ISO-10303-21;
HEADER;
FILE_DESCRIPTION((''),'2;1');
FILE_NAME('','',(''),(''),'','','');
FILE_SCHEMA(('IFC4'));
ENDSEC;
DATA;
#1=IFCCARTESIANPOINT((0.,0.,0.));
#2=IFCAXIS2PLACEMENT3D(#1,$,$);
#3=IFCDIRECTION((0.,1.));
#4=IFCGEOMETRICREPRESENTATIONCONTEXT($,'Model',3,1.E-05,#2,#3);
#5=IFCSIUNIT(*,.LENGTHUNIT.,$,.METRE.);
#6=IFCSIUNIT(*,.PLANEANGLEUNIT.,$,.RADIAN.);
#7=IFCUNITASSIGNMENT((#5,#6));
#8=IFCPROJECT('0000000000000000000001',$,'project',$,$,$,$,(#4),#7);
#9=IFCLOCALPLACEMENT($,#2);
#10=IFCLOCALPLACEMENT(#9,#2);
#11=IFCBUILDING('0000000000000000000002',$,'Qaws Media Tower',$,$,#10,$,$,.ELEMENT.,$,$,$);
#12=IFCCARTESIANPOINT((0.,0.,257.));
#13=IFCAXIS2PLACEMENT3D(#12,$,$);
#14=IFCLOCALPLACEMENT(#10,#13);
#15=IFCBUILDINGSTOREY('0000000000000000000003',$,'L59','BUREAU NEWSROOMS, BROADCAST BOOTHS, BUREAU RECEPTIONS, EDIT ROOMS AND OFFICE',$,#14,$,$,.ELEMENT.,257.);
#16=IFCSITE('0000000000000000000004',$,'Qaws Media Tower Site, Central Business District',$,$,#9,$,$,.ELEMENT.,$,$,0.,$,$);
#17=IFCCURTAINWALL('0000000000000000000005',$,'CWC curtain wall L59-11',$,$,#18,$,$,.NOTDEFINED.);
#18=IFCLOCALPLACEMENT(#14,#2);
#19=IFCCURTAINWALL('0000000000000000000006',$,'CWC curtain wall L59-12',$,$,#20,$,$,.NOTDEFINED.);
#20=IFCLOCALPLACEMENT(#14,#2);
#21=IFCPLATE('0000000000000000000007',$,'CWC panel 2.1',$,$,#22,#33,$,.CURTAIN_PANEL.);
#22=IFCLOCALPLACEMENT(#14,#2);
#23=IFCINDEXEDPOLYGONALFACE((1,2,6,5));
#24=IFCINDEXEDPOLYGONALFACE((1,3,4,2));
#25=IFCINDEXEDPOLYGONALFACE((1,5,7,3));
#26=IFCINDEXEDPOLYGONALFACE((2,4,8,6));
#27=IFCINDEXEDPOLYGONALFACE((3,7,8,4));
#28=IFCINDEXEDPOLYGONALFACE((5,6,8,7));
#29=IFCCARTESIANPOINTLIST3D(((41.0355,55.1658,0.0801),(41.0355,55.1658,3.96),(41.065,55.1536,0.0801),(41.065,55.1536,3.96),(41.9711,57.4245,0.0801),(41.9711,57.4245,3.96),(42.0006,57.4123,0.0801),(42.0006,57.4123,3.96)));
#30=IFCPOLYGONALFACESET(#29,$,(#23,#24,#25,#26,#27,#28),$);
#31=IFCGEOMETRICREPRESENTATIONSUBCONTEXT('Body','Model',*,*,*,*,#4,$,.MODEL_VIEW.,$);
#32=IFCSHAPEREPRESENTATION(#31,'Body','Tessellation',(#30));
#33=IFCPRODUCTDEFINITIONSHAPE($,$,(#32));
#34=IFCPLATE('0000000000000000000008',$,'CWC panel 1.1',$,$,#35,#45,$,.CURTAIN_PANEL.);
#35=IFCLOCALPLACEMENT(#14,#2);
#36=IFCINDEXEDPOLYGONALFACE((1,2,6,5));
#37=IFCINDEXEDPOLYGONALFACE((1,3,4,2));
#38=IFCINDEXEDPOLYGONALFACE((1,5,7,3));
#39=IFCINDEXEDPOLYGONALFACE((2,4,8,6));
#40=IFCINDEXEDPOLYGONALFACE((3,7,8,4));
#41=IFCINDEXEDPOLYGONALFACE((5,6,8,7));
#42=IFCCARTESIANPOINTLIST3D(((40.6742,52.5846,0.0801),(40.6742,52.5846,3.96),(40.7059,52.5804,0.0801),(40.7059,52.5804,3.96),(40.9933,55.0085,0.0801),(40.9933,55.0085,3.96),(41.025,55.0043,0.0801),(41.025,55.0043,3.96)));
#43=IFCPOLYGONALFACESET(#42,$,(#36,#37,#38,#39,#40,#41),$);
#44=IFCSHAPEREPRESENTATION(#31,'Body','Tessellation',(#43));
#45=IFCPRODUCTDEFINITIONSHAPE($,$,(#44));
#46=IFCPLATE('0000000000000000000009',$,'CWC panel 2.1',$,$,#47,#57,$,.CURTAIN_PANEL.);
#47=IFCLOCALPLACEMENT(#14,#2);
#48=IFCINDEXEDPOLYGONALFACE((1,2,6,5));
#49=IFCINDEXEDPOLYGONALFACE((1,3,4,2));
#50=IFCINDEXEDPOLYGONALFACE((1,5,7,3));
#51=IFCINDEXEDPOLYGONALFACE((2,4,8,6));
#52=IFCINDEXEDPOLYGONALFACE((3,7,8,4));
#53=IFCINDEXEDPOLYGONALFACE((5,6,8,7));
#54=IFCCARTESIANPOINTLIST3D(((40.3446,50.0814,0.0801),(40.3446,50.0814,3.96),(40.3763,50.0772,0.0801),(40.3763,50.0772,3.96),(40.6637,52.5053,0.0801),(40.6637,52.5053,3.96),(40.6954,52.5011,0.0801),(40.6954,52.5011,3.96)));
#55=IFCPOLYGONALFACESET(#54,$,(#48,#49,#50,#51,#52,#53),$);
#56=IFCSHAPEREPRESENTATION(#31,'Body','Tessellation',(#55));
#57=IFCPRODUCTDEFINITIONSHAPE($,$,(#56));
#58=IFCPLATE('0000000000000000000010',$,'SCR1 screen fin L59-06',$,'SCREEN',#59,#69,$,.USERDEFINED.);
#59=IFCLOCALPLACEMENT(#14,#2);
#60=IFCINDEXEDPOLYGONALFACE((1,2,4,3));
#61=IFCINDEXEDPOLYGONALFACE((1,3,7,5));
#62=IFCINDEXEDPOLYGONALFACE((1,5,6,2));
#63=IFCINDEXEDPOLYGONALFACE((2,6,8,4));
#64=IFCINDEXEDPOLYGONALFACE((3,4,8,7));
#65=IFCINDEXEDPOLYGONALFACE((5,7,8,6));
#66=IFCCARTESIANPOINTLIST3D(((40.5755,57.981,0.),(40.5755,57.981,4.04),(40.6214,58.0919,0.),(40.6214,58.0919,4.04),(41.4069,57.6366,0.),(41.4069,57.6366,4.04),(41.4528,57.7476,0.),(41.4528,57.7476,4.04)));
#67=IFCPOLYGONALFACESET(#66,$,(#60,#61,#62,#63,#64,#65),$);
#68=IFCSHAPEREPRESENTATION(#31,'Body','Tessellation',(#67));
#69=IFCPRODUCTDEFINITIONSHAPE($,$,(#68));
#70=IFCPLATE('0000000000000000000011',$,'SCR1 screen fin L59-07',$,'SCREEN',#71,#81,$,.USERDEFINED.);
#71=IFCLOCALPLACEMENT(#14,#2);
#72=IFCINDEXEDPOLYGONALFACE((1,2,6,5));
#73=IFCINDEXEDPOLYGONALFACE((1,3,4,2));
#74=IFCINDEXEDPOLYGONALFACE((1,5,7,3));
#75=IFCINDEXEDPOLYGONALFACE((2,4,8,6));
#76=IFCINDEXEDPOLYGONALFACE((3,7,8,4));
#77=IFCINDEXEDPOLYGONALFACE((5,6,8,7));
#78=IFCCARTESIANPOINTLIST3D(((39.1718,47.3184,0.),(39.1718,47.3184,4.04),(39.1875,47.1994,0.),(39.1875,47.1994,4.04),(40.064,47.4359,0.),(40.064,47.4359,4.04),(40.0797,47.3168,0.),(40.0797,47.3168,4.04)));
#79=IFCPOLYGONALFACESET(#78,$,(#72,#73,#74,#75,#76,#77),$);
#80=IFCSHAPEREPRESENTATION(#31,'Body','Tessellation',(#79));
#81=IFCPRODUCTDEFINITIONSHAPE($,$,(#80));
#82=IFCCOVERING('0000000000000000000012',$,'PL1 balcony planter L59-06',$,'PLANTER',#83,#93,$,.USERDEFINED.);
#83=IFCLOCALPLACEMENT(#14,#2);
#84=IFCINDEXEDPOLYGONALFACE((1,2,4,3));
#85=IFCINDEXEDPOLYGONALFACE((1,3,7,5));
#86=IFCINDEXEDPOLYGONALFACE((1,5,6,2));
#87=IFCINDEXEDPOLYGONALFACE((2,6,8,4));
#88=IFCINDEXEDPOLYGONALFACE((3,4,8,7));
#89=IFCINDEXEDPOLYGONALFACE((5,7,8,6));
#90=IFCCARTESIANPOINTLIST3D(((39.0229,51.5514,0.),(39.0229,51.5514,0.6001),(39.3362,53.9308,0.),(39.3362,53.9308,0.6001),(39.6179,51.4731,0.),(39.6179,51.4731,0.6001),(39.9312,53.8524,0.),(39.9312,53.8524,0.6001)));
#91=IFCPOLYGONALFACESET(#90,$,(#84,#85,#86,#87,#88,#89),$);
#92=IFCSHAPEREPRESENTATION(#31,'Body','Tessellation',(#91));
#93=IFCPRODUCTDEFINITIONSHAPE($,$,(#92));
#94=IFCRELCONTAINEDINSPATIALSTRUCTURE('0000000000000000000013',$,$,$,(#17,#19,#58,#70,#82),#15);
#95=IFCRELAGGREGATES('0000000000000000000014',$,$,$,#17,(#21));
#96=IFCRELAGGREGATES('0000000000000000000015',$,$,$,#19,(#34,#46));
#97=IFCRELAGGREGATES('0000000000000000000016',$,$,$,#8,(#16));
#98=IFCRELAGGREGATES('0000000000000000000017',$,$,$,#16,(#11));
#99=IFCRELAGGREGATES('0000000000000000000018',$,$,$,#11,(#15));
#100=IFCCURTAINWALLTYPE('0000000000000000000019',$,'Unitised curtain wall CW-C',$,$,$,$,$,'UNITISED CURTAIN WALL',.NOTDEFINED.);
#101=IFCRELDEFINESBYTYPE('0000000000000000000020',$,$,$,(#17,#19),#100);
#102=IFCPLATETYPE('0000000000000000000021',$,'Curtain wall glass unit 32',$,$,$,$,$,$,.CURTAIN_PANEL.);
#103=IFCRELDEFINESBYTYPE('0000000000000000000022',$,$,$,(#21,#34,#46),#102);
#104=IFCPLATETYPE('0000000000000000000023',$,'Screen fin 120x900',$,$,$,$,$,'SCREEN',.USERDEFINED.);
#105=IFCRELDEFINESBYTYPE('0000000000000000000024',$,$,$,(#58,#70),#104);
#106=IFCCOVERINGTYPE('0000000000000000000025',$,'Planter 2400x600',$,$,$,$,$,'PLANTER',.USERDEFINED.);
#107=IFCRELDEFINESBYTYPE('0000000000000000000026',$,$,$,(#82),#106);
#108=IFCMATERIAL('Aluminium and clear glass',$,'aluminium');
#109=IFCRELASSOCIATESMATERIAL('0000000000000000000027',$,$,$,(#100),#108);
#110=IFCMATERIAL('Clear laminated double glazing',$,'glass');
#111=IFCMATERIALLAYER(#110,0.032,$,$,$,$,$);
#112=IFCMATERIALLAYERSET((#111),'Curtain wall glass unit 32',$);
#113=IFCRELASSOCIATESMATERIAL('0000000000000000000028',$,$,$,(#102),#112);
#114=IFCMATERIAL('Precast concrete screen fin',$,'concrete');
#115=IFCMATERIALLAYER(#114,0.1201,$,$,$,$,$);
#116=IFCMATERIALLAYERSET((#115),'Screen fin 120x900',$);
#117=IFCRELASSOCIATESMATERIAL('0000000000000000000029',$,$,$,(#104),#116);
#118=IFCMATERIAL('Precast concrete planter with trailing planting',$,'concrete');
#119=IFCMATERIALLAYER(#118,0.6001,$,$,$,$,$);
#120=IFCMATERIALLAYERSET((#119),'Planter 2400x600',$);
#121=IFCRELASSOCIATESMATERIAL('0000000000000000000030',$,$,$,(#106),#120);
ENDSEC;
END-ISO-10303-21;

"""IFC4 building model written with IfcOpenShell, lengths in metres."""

from ifc_helpers import new_model, si_unit, direction, frame, origin, origin_2d, place, context, subcontext, project, spatial, rectangle, extrude, material, layer, layer_set, type_object, element, aggregate, save


model = new_model("IFC4")

# Units and contexts
model_context = context("Model", 3, precision=1e-05, world=origin(), true_north=direction((0.0, 1.0)))
body_context = subcontext(model_context, "Body", "Model", "MODEL_VIEW")
ifc_project = project(units=[si_unit("LENGTHUNIT", "METRE"), si_unit("PLANEANGLEUNIT", "RADIAN")], contexts=[model_context])

# Site, building, storey
site_placement = place(None, origin())
site = spatial("IfcSite", under=ifc_project, at=site_placement, Name="Qaws Media Tower Site, Central Business District", CompositionType="ELEMENT", RefElevation=0.0)
building_placement = place(site_placement, origin())
building = spatial("IfcBuilding", under=site, at=building_placement, Name="Qaws Media Tower", CompositionType="ELEMENT")
storey_placement = place(building_placement, frame((0.0, 0.0, 257.0)))
storey = spatial("IfcBuildingStorey", under=building, at=storey_placement, Name="L59", Description="BUREAU NEWSROOMS, BROADCAST BOOTHS, BUREAU RECEPTIONS, EDIT ROOMS AND OFFICE", CompositionType="ELEMENT", Elevation=257.0)

# Curtain walls
ifc_material_1 = material(Name="Aluminium and clear glass", Category="aluminium")
curtain_wall_type = type_object("IfcCurtainWallType", Name="Unitised curtain wall CW-C", ElementType="UNITISED CURTAIN WALL", PredefinedType="NOTDEFINED", material=ifc_material_1)
curtain_wall_1_placement = place(storey_placement, origin())
curtain_wall_1 = element("IfcCurtainWall", 1, at=curtain_wall_1_placement, inside=storey, type_object=curtain_wall_type, Name="CWC curtain wall L59-11", PredefinedType="NOTDEFINED")
curtain_wall_2_placement = place(storey_placement, origin())
curtain_wall_2 = element("IfcCurtainWall", 2, at=curtain_wall_2_placement, inside=storey, type_object=curtain_wall_type, Name="CWC curtain wall L59-12", PredefinedType="NOTDEFINED")

# Plates
ifc_material_2 = material(Name="Clear laminated double glazing", Category="glass")
ifc_layer_1 = layer(ifc_material_2, 0.032)
ifc_layer_set_1 = layer_set([ifc_layer_1], Name="Curtain wall glass unit 32")
plate_type_1 = type_object("IfcPlateType", Name="Curtain wall glass unit 32", PredefinedType="CURTAIN_PANEL", material=ifc_layer_set_1)
plate_1_placement = place(storey_placement, frame((41.5181, 56.2891, 0.0801), z_axis=(0.0, 0.0, 1.0), x_axis=(-0.382683, -0.92388, 0.0)))
plate_1 = element("IfcPlate", 3, at=plate_1_placement, type_object=plate_type_1, Name="CWC panel 2.1", PredefinedType="CURTAIN_PANEL", context=body_context, shape_type="SweptSolid", body=[
    extrude(rectangle(XDim=2.4448, YDim=0.032, at=origin_2d()), origin(), (0.0, 0.0, 1.0), 3.8799),
])
aggregate(curtain_wall_1, [plate_1])
plate_2_placement = place(storey_placement, frame((40.8496, 53.7944, 0.0801), z_axis=(0.0, 0.0, 1.0), x_axis=(-0.130526, -0.991445, 0.0)))
plate_2 = element("IfcPlate", 4, at=plate_2_placement, type_object=plate_type_1, Name="CWC panel 1.1", PredefinedType="CURTAIN_PANEL", context=body_context, shape_type="SweptSolid", body=[
    extrude(rectangle(XDim=2.4448, YDim=0.032, at=origin_2d()), origin(), (0.0, 0.0, 1.0), 3.8799),
])
plate_3_placement = place(storey_placement, frame((40.52, 51.2913, 0.0801), z_axis=(0.0, 0.0, 1.0), x_axis=(-0.130526, -0.991445, 0.0)))
plate_3 = element("IfcPlate", 5, at=plate_3_placement, type_object=plate_type_1, Name="CWC panel 2.1", PredefinedType="CURTAIN_PANEL", context=body_context, shape_type="SweptSolid", body=[
    extrude(rectangle(XDim=2.4448, YDim=0.032, at=origin_2d()), origin(), (0.0, 0.0, 1.0), 3.8799),
])
aggregate(curtain_wall_2, [plate_2, plate_3])

# Plates
ifc_material_3 = material(Name="Precast concrete screen fin", Category="concrete")
ifc_layer_2 = layer(ifc_material_3, 0.1201)
ifc_layer_set_2 = layer_set([ifc_layer_2], Name="Screen fin 120x900")
plate_type_2 = type_object("IfcPlateType", Name="Screen fin 120x900", ElementType="SCREEN", PredefinedType="USERDEFINED", material=ifc_layer_set_2)
for number, where, z_axis, x_axis, name in (
    (6, (41.0142, 57.8643, 0.0), (0.0, 0.0, 1.0), (-0.92388, 0.382683, 0.0), "SCR1 screen fin L59-06"),
    (7, (39.6257, 47.3176, 0.0), (0.0, 0.0, 1.0), (-0.991445, -0.130526, 0.0), "SCR1 screen fin L59-07"),
):
    element("IfcPlate", number, at=place(storey_placement, frame(where, z_axis=z_axis, x_axis=x_axis)), inside=storey, type_object=plate_type_2, Name=name, ObjectType="SCREEN", PredefinedType="USERDEFINED", context=body_context, shape_type="SweptSolid", body=[
        extrude(rectangle(XDim=0.8999, YDim=0.1201, at=origin_2d()), origin(), (0.0, 0.0, 1.0), 4.04),
    ])

# Covering
ifc_material_4 = material(Name="Precast concrete planter with trailing planting", Category="concrete")
ifc_layer_3 = layer(ifc_material_4, 0.6001)
ifc_layer_set_3 = layer_set([ifc_layer_3], Name="Planter 2400x600")
covering_type = type_object("IfcCoveringType", Name="Planter 2400x600", ElementType="PLANTER", PredefinedType="USERDEFINED", material=ifc_layer_set_3)
covering_placement = place(storey_placement, frame((39.4771, 52.7019, 0.0), z_axis=(0.0, 0.0, 1.0), x_axis=(-0.130526, -0.991445, 0.0)))
element("IfcCovering", 8, at=covering_placement, inside=storey, type_object=covering_type, Name="PL1 balcony planter L59-06", ObjectType="PLANTER", PredefinedType="USERDEFINED", context=body_context, shape_type="SweptSolid", body=[
    extrude(rectangle(XDim=2.3999, YDim=0.6001, at=origin_2d()), origin(), (0.0, 0.0, 1.0), 0.6001),
])

save(model, "model.ifc")
